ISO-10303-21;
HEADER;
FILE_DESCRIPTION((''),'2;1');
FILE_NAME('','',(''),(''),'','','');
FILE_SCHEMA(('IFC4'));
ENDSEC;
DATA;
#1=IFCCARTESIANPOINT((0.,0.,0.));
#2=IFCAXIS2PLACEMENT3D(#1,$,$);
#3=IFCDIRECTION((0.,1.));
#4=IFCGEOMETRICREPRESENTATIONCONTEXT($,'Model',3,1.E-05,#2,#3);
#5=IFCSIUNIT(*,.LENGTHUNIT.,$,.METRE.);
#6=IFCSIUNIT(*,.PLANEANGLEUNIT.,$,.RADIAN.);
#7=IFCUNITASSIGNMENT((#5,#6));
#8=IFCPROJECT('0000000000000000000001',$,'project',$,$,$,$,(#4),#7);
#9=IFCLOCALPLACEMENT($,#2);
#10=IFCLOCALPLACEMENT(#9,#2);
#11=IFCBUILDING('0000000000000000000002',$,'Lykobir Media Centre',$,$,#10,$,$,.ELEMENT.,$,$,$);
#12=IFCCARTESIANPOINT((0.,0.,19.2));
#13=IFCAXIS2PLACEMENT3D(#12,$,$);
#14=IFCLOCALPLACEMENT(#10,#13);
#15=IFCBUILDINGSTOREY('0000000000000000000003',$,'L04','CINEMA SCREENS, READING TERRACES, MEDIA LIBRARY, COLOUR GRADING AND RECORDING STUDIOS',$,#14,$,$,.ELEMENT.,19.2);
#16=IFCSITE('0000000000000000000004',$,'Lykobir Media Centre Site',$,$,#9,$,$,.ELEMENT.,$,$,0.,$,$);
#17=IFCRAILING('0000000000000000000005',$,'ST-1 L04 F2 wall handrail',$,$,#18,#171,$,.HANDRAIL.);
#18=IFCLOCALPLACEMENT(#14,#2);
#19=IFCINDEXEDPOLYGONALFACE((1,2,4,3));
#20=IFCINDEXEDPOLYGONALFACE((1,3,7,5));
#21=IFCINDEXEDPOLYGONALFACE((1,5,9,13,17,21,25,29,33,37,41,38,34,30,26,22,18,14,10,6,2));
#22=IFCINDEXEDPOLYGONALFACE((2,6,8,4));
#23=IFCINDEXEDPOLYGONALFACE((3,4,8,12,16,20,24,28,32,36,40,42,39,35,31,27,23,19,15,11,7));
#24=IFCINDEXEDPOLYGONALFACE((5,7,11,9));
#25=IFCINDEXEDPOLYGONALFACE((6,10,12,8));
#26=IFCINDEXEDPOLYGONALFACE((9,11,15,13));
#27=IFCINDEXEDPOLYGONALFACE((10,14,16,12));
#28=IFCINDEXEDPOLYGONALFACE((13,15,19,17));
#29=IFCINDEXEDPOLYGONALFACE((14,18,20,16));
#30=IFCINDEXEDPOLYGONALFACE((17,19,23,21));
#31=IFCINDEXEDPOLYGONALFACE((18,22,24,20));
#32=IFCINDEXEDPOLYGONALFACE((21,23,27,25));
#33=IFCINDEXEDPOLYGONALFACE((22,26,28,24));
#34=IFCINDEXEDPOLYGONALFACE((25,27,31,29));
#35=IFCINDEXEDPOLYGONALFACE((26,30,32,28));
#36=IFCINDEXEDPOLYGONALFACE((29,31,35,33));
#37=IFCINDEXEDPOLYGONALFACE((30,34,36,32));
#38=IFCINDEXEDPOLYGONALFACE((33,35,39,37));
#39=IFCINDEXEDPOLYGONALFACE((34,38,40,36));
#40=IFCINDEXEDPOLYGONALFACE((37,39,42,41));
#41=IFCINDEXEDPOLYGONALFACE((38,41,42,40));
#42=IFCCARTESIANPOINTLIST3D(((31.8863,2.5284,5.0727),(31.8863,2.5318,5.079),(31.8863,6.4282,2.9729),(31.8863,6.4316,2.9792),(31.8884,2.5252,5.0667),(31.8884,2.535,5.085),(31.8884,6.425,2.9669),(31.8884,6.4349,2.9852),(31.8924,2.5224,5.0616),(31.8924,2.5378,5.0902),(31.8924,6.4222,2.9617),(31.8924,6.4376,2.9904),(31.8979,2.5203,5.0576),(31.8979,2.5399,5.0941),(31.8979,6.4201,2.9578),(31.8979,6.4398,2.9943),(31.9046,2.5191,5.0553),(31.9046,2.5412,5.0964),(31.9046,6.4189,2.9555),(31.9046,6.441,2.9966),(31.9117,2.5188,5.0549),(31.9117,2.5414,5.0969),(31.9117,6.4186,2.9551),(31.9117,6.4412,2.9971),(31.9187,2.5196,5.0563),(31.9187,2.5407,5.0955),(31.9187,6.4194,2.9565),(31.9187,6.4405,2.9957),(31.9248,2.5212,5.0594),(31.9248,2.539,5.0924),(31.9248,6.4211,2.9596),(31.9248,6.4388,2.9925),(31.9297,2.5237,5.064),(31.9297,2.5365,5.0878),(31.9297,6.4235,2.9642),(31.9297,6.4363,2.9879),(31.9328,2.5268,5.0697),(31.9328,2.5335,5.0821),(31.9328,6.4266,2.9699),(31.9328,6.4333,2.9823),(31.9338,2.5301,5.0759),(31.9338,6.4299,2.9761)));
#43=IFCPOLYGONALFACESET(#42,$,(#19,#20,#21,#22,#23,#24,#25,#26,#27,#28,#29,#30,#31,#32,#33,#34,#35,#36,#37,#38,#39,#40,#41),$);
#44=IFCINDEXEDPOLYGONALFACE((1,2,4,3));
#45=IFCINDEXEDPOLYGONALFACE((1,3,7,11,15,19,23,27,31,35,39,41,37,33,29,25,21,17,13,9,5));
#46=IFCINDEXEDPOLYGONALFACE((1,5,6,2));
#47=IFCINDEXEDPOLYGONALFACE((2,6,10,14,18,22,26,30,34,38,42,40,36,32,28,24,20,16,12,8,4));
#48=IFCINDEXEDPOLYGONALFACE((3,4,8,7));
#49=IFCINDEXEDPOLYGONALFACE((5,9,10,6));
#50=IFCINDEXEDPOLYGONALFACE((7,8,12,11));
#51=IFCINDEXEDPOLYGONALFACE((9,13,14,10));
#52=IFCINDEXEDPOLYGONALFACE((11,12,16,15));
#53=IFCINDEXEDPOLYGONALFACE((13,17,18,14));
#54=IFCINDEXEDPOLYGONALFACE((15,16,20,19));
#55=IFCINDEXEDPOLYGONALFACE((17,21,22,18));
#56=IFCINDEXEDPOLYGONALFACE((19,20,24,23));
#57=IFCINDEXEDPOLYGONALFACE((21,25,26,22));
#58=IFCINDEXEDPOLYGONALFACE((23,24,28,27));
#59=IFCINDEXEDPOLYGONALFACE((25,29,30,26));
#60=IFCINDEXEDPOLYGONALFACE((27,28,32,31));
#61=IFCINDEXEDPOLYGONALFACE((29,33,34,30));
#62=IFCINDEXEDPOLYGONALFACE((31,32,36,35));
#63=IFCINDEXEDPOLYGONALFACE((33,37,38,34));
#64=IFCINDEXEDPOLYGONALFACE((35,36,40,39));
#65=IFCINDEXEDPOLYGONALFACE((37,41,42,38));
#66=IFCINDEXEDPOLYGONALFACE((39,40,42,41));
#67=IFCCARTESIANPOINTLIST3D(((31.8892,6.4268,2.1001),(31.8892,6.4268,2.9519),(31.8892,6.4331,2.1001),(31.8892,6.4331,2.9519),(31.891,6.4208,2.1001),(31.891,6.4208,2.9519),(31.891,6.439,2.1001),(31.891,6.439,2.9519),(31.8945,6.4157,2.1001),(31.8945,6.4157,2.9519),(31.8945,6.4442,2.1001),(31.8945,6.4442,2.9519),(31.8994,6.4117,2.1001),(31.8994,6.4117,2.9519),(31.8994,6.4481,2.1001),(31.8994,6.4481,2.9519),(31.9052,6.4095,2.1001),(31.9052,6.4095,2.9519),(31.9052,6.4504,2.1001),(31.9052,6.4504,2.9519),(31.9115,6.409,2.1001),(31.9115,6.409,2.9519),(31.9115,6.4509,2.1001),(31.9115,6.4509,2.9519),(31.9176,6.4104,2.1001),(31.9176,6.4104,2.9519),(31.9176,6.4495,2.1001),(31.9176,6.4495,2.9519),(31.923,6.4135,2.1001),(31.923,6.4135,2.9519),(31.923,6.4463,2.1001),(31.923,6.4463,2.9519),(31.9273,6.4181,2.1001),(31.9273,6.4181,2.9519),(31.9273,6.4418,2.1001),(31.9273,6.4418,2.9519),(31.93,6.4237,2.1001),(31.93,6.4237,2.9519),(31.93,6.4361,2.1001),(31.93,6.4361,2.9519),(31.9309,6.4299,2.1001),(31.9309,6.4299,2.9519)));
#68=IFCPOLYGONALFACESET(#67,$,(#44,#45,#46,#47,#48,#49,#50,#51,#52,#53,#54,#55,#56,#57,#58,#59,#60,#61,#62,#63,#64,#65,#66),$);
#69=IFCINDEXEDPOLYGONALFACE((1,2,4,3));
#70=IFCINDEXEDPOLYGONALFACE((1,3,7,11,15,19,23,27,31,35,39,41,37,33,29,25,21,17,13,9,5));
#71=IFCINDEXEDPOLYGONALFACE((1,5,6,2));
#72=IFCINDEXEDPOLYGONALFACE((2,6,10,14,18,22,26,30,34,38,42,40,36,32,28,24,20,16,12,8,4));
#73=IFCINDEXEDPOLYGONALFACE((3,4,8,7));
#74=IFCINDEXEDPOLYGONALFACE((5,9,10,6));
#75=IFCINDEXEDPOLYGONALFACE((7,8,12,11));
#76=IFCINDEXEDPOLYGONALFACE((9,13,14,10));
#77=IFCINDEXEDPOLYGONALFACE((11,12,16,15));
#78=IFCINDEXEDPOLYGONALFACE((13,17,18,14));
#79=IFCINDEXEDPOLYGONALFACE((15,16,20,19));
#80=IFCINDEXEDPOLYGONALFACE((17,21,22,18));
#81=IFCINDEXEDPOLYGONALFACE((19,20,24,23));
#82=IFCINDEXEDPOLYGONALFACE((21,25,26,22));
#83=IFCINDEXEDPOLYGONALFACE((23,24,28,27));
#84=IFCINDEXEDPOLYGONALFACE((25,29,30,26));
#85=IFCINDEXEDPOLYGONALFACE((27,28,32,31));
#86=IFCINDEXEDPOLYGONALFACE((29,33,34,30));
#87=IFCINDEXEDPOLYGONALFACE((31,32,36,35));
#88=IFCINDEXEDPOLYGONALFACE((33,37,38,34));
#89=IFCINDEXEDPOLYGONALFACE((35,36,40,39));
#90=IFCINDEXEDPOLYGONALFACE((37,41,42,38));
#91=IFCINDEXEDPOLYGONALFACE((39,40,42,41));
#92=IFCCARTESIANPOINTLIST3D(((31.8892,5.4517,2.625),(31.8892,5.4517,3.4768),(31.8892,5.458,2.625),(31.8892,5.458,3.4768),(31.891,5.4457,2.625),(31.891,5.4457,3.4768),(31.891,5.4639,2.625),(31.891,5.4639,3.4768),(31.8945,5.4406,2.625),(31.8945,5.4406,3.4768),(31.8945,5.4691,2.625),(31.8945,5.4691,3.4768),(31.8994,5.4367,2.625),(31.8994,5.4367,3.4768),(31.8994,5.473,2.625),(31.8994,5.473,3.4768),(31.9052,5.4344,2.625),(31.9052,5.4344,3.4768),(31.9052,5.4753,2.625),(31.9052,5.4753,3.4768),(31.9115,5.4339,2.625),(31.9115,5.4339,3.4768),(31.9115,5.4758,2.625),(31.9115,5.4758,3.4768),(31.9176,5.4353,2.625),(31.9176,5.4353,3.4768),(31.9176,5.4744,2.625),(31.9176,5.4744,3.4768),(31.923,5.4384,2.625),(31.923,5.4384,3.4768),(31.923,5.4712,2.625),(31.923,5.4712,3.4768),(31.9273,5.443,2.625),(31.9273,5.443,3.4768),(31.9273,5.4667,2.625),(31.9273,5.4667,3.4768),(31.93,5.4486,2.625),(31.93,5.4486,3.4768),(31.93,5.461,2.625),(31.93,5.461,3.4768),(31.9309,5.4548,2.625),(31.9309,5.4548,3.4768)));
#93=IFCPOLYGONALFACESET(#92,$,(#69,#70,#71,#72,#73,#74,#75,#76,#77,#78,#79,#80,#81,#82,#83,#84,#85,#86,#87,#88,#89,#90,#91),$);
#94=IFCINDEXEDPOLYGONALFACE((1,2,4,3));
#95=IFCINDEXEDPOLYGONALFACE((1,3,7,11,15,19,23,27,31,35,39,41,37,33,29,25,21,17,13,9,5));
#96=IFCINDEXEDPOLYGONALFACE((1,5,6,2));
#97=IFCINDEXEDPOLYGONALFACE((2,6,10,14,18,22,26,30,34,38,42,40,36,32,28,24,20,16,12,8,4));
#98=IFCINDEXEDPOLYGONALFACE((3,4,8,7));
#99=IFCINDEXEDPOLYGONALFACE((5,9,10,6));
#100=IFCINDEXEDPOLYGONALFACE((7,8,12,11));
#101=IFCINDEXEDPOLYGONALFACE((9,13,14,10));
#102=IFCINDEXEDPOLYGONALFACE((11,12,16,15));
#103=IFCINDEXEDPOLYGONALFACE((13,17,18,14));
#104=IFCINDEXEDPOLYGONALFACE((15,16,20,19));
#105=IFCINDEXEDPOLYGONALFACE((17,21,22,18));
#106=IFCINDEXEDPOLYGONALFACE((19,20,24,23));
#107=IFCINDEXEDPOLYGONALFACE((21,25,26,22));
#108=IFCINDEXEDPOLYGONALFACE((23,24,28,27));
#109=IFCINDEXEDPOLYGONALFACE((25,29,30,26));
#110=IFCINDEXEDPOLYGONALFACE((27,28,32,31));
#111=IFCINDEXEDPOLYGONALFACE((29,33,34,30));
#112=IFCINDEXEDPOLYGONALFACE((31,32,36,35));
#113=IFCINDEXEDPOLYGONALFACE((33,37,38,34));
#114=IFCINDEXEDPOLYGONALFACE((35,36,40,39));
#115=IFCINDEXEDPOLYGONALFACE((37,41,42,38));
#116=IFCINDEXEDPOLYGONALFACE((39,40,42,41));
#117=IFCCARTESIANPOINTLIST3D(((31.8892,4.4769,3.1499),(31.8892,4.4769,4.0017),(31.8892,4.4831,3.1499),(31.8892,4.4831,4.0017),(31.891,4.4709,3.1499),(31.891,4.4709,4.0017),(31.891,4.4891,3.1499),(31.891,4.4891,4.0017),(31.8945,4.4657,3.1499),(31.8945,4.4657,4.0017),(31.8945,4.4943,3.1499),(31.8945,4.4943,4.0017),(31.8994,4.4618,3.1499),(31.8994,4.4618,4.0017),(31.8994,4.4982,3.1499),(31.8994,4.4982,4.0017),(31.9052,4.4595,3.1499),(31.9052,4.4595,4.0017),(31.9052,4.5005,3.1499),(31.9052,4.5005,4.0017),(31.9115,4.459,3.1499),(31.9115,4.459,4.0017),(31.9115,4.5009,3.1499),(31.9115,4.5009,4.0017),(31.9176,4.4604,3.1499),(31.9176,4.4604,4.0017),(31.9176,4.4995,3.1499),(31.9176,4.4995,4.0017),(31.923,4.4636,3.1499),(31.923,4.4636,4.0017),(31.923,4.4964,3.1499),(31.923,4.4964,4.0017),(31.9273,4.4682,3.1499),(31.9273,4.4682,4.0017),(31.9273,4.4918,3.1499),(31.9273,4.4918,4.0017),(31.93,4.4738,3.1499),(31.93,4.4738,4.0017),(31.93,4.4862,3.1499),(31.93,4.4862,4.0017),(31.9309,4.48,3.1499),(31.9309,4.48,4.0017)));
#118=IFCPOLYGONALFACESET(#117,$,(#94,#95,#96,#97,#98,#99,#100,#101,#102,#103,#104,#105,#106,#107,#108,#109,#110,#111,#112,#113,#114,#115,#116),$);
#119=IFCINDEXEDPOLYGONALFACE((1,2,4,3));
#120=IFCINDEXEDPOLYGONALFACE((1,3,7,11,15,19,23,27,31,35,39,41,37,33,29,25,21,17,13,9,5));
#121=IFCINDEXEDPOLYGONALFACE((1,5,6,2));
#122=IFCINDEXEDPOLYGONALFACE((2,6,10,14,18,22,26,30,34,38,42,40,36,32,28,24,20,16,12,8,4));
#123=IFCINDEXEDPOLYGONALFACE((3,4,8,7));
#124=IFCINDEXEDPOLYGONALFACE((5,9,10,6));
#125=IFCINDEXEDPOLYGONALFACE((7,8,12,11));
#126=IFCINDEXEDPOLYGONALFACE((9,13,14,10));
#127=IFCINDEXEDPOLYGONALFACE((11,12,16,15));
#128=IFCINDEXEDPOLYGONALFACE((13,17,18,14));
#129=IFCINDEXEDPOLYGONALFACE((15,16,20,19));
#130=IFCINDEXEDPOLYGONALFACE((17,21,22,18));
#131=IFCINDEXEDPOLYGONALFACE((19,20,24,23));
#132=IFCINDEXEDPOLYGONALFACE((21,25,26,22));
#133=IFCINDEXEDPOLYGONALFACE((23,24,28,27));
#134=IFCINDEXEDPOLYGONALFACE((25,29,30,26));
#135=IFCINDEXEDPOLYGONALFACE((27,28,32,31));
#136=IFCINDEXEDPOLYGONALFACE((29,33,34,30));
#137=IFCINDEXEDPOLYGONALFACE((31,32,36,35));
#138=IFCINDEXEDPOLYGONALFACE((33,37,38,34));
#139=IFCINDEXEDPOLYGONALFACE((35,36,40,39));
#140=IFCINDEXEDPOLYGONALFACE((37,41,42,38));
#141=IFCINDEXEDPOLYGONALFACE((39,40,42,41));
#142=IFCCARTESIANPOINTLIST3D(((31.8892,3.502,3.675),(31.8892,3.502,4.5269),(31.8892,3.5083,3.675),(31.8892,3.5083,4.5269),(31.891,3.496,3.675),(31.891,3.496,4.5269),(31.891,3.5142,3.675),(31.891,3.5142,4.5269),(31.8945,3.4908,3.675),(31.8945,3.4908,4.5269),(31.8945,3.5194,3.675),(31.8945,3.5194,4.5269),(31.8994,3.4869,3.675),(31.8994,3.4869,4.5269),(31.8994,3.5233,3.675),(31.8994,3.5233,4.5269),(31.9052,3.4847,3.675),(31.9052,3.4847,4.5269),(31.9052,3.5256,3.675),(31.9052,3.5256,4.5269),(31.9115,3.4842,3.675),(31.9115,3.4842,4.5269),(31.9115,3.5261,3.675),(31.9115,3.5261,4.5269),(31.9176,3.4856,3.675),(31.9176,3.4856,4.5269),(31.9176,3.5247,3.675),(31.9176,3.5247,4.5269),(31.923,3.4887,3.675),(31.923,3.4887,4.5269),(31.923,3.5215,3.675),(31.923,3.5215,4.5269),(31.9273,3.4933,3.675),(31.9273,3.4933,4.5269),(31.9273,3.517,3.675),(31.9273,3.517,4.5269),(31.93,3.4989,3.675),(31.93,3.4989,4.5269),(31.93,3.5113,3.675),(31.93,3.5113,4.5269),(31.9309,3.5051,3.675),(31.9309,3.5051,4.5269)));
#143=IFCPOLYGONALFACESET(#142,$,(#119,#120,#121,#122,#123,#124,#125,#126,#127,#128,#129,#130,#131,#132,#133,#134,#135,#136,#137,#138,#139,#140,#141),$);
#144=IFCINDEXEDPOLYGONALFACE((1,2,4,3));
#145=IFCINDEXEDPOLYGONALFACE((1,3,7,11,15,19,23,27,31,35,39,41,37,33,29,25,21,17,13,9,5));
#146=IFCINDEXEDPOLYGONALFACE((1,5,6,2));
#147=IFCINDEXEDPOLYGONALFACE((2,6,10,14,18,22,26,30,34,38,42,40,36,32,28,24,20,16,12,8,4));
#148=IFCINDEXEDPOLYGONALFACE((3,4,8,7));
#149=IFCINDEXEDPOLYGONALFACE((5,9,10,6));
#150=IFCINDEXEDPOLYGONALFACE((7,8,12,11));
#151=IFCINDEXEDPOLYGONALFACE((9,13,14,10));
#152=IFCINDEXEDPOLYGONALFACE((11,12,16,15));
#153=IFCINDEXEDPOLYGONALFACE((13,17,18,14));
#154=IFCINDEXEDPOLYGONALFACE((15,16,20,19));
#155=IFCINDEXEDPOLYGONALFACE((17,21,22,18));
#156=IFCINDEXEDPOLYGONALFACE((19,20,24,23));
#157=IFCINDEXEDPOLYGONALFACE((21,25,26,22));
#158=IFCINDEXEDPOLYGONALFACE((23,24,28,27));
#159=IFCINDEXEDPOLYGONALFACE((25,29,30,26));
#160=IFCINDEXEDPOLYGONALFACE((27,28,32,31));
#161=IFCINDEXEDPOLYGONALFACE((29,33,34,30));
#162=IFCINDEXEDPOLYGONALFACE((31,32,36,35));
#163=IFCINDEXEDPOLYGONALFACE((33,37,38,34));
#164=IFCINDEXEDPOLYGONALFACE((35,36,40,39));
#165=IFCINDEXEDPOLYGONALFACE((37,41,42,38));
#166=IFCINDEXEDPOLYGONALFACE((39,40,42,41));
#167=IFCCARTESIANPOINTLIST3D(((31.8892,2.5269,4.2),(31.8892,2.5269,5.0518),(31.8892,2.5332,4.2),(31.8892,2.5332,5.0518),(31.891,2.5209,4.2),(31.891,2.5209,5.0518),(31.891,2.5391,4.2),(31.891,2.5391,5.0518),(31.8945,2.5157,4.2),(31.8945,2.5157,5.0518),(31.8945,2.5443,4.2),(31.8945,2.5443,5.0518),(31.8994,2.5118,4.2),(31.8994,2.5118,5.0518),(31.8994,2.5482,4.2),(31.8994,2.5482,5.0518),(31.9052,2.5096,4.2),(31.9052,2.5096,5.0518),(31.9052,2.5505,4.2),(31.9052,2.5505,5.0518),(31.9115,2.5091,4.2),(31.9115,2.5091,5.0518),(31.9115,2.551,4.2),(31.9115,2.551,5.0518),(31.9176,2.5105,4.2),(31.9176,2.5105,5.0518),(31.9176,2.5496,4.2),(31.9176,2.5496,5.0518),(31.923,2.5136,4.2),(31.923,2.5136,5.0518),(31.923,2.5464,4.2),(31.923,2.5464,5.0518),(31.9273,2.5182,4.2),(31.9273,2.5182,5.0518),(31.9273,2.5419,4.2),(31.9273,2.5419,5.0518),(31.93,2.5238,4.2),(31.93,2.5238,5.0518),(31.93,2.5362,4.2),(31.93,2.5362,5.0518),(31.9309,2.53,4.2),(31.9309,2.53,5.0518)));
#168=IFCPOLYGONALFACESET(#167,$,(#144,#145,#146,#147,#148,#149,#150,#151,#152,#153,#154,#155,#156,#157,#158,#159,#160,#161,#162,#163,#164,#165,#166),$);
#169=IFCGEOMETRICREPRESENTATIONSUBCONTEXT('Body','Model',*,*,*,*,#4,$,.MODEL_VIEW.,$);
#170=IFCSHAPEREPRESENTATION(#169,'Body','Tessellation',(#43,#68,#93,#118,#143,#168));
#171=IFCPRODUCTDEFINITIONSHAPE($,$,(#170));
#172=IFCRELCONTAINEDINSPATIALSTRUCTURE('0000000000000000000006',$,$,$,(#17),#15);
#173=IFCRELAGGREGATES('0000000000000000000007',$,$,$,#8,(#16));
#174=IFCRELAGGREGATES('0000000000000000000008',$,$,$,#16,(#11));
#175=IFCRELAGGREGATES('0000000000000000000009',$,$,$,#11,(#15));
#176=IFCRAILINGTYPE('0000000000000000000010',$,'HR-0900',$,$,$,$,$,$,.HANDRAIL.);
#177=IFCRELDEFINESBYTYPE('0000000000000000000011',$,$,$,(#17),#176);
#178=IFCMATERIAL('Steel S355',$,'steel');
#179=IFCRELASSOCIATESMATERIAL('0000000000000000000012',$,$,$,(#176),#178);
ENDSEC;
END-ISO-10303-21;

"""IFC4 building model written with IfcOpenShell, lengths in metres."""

from ifc_helpers import new_model, si_unit, direction, frame, origin, origin_2d, place, context, subcontext, project, spatial, circle, extrude, material, type_object, element, save


model = new_model("IFC4")

# Units and contexts
model_context = context("Model", 3, precision=1e-05, world=origin(), true_north=direction((0.0, 1.0)))
body_context = subcontext(model_context, "Body", "Model", "MODEL_VIEW")
ifc_project = project(units=[si_unit("LENGTHUNIT", "METRE"), si_unit("PLANEANGLEUNIT", "RADIAN")], contexts=[model_context])

# Site, building, storey
site_placement = place(None, origin())
site = spatial("IfcSite", under=ifc_project, at=site_placement, Name="Lykobir Media Centre Site", CompositionType="ELEMENT", RefElevation=0.0)
building_placement = place(site_placement, origin())
building = spatial("IfcBuilding", under=site, at=building_placement, Name="Lykobir Media Centre", CompositionType="ELEMENT")
storey_placement = place(building_placement, frame((0.0, 0.0, 19.2)))
storey = spatial("IfcBuildingStorey", under=building, at=storey_placement, Name="L04", Description="CINEMA SCREENS, READING TERRACES, MEDIA LIBRARY, COLOUR GRADING AND RECORDING STUDIOS", CompositionType="ELEMENT", Elevation=19.2)

# Shared definitions
ifc_material_1 = material(Name="Steel S355", Category="steel")

# Railing
railing_type_1 = type_object("IfcRailingType", Name="HR-0900", PredefinedType="HANDRAIL", material=ifc_material_1)
railing_1_placement = place(storey_placement, frame((31.9099, 6.4299, 2.1001)))
element("IfcRailing", 1, at=railing_1_placement, inside=storey, type_object=railing_type_1, Name="ST-1 L04 F2 wall handrail", PredefinedType="HANDRAIL", context=body_context, shape_type="SweptSolid", body=[
    extrude(circle(Radius=0.0239, at=origin_2d()), frame((0.0, 0.0, 0.876), z_axis=(0.0, -0.88048, 0.474083), x_axis=(1.0, 0.0, 0.0)), (0.0, 0.0, 1.0), 4.4292),
    extrude(circle(Radius=0.021, at=origin_2d()), origin(), (0.0, 0.0, 1.0), 0.8518),
    extrude(circle(Radius=0.021, at=origin_2d()), frame((0.0, -0.9751, 0.5249)), (0.0, 0.0, 1.0), 0.8518),
    extrude(circle(Radius=0.021, at=origin_2d()), frame((0.0, -1.95, 1.0498)), (0.0, 0.0, 1.0), 0.8518),
    extrude(circle(Radius=0.021, at=origin_2d()), frame((0.0, -2.9248, 1.575)), (0.0, 0.0, 1.0), 0.8518),
    extrude(circle(Radius=0.021, at=origin_2d()), frame((0.0, -3.8999, 2.0999)), (0.0, 0.0, 1.0), 0.8518),
])

save(model, "model.ifc")
